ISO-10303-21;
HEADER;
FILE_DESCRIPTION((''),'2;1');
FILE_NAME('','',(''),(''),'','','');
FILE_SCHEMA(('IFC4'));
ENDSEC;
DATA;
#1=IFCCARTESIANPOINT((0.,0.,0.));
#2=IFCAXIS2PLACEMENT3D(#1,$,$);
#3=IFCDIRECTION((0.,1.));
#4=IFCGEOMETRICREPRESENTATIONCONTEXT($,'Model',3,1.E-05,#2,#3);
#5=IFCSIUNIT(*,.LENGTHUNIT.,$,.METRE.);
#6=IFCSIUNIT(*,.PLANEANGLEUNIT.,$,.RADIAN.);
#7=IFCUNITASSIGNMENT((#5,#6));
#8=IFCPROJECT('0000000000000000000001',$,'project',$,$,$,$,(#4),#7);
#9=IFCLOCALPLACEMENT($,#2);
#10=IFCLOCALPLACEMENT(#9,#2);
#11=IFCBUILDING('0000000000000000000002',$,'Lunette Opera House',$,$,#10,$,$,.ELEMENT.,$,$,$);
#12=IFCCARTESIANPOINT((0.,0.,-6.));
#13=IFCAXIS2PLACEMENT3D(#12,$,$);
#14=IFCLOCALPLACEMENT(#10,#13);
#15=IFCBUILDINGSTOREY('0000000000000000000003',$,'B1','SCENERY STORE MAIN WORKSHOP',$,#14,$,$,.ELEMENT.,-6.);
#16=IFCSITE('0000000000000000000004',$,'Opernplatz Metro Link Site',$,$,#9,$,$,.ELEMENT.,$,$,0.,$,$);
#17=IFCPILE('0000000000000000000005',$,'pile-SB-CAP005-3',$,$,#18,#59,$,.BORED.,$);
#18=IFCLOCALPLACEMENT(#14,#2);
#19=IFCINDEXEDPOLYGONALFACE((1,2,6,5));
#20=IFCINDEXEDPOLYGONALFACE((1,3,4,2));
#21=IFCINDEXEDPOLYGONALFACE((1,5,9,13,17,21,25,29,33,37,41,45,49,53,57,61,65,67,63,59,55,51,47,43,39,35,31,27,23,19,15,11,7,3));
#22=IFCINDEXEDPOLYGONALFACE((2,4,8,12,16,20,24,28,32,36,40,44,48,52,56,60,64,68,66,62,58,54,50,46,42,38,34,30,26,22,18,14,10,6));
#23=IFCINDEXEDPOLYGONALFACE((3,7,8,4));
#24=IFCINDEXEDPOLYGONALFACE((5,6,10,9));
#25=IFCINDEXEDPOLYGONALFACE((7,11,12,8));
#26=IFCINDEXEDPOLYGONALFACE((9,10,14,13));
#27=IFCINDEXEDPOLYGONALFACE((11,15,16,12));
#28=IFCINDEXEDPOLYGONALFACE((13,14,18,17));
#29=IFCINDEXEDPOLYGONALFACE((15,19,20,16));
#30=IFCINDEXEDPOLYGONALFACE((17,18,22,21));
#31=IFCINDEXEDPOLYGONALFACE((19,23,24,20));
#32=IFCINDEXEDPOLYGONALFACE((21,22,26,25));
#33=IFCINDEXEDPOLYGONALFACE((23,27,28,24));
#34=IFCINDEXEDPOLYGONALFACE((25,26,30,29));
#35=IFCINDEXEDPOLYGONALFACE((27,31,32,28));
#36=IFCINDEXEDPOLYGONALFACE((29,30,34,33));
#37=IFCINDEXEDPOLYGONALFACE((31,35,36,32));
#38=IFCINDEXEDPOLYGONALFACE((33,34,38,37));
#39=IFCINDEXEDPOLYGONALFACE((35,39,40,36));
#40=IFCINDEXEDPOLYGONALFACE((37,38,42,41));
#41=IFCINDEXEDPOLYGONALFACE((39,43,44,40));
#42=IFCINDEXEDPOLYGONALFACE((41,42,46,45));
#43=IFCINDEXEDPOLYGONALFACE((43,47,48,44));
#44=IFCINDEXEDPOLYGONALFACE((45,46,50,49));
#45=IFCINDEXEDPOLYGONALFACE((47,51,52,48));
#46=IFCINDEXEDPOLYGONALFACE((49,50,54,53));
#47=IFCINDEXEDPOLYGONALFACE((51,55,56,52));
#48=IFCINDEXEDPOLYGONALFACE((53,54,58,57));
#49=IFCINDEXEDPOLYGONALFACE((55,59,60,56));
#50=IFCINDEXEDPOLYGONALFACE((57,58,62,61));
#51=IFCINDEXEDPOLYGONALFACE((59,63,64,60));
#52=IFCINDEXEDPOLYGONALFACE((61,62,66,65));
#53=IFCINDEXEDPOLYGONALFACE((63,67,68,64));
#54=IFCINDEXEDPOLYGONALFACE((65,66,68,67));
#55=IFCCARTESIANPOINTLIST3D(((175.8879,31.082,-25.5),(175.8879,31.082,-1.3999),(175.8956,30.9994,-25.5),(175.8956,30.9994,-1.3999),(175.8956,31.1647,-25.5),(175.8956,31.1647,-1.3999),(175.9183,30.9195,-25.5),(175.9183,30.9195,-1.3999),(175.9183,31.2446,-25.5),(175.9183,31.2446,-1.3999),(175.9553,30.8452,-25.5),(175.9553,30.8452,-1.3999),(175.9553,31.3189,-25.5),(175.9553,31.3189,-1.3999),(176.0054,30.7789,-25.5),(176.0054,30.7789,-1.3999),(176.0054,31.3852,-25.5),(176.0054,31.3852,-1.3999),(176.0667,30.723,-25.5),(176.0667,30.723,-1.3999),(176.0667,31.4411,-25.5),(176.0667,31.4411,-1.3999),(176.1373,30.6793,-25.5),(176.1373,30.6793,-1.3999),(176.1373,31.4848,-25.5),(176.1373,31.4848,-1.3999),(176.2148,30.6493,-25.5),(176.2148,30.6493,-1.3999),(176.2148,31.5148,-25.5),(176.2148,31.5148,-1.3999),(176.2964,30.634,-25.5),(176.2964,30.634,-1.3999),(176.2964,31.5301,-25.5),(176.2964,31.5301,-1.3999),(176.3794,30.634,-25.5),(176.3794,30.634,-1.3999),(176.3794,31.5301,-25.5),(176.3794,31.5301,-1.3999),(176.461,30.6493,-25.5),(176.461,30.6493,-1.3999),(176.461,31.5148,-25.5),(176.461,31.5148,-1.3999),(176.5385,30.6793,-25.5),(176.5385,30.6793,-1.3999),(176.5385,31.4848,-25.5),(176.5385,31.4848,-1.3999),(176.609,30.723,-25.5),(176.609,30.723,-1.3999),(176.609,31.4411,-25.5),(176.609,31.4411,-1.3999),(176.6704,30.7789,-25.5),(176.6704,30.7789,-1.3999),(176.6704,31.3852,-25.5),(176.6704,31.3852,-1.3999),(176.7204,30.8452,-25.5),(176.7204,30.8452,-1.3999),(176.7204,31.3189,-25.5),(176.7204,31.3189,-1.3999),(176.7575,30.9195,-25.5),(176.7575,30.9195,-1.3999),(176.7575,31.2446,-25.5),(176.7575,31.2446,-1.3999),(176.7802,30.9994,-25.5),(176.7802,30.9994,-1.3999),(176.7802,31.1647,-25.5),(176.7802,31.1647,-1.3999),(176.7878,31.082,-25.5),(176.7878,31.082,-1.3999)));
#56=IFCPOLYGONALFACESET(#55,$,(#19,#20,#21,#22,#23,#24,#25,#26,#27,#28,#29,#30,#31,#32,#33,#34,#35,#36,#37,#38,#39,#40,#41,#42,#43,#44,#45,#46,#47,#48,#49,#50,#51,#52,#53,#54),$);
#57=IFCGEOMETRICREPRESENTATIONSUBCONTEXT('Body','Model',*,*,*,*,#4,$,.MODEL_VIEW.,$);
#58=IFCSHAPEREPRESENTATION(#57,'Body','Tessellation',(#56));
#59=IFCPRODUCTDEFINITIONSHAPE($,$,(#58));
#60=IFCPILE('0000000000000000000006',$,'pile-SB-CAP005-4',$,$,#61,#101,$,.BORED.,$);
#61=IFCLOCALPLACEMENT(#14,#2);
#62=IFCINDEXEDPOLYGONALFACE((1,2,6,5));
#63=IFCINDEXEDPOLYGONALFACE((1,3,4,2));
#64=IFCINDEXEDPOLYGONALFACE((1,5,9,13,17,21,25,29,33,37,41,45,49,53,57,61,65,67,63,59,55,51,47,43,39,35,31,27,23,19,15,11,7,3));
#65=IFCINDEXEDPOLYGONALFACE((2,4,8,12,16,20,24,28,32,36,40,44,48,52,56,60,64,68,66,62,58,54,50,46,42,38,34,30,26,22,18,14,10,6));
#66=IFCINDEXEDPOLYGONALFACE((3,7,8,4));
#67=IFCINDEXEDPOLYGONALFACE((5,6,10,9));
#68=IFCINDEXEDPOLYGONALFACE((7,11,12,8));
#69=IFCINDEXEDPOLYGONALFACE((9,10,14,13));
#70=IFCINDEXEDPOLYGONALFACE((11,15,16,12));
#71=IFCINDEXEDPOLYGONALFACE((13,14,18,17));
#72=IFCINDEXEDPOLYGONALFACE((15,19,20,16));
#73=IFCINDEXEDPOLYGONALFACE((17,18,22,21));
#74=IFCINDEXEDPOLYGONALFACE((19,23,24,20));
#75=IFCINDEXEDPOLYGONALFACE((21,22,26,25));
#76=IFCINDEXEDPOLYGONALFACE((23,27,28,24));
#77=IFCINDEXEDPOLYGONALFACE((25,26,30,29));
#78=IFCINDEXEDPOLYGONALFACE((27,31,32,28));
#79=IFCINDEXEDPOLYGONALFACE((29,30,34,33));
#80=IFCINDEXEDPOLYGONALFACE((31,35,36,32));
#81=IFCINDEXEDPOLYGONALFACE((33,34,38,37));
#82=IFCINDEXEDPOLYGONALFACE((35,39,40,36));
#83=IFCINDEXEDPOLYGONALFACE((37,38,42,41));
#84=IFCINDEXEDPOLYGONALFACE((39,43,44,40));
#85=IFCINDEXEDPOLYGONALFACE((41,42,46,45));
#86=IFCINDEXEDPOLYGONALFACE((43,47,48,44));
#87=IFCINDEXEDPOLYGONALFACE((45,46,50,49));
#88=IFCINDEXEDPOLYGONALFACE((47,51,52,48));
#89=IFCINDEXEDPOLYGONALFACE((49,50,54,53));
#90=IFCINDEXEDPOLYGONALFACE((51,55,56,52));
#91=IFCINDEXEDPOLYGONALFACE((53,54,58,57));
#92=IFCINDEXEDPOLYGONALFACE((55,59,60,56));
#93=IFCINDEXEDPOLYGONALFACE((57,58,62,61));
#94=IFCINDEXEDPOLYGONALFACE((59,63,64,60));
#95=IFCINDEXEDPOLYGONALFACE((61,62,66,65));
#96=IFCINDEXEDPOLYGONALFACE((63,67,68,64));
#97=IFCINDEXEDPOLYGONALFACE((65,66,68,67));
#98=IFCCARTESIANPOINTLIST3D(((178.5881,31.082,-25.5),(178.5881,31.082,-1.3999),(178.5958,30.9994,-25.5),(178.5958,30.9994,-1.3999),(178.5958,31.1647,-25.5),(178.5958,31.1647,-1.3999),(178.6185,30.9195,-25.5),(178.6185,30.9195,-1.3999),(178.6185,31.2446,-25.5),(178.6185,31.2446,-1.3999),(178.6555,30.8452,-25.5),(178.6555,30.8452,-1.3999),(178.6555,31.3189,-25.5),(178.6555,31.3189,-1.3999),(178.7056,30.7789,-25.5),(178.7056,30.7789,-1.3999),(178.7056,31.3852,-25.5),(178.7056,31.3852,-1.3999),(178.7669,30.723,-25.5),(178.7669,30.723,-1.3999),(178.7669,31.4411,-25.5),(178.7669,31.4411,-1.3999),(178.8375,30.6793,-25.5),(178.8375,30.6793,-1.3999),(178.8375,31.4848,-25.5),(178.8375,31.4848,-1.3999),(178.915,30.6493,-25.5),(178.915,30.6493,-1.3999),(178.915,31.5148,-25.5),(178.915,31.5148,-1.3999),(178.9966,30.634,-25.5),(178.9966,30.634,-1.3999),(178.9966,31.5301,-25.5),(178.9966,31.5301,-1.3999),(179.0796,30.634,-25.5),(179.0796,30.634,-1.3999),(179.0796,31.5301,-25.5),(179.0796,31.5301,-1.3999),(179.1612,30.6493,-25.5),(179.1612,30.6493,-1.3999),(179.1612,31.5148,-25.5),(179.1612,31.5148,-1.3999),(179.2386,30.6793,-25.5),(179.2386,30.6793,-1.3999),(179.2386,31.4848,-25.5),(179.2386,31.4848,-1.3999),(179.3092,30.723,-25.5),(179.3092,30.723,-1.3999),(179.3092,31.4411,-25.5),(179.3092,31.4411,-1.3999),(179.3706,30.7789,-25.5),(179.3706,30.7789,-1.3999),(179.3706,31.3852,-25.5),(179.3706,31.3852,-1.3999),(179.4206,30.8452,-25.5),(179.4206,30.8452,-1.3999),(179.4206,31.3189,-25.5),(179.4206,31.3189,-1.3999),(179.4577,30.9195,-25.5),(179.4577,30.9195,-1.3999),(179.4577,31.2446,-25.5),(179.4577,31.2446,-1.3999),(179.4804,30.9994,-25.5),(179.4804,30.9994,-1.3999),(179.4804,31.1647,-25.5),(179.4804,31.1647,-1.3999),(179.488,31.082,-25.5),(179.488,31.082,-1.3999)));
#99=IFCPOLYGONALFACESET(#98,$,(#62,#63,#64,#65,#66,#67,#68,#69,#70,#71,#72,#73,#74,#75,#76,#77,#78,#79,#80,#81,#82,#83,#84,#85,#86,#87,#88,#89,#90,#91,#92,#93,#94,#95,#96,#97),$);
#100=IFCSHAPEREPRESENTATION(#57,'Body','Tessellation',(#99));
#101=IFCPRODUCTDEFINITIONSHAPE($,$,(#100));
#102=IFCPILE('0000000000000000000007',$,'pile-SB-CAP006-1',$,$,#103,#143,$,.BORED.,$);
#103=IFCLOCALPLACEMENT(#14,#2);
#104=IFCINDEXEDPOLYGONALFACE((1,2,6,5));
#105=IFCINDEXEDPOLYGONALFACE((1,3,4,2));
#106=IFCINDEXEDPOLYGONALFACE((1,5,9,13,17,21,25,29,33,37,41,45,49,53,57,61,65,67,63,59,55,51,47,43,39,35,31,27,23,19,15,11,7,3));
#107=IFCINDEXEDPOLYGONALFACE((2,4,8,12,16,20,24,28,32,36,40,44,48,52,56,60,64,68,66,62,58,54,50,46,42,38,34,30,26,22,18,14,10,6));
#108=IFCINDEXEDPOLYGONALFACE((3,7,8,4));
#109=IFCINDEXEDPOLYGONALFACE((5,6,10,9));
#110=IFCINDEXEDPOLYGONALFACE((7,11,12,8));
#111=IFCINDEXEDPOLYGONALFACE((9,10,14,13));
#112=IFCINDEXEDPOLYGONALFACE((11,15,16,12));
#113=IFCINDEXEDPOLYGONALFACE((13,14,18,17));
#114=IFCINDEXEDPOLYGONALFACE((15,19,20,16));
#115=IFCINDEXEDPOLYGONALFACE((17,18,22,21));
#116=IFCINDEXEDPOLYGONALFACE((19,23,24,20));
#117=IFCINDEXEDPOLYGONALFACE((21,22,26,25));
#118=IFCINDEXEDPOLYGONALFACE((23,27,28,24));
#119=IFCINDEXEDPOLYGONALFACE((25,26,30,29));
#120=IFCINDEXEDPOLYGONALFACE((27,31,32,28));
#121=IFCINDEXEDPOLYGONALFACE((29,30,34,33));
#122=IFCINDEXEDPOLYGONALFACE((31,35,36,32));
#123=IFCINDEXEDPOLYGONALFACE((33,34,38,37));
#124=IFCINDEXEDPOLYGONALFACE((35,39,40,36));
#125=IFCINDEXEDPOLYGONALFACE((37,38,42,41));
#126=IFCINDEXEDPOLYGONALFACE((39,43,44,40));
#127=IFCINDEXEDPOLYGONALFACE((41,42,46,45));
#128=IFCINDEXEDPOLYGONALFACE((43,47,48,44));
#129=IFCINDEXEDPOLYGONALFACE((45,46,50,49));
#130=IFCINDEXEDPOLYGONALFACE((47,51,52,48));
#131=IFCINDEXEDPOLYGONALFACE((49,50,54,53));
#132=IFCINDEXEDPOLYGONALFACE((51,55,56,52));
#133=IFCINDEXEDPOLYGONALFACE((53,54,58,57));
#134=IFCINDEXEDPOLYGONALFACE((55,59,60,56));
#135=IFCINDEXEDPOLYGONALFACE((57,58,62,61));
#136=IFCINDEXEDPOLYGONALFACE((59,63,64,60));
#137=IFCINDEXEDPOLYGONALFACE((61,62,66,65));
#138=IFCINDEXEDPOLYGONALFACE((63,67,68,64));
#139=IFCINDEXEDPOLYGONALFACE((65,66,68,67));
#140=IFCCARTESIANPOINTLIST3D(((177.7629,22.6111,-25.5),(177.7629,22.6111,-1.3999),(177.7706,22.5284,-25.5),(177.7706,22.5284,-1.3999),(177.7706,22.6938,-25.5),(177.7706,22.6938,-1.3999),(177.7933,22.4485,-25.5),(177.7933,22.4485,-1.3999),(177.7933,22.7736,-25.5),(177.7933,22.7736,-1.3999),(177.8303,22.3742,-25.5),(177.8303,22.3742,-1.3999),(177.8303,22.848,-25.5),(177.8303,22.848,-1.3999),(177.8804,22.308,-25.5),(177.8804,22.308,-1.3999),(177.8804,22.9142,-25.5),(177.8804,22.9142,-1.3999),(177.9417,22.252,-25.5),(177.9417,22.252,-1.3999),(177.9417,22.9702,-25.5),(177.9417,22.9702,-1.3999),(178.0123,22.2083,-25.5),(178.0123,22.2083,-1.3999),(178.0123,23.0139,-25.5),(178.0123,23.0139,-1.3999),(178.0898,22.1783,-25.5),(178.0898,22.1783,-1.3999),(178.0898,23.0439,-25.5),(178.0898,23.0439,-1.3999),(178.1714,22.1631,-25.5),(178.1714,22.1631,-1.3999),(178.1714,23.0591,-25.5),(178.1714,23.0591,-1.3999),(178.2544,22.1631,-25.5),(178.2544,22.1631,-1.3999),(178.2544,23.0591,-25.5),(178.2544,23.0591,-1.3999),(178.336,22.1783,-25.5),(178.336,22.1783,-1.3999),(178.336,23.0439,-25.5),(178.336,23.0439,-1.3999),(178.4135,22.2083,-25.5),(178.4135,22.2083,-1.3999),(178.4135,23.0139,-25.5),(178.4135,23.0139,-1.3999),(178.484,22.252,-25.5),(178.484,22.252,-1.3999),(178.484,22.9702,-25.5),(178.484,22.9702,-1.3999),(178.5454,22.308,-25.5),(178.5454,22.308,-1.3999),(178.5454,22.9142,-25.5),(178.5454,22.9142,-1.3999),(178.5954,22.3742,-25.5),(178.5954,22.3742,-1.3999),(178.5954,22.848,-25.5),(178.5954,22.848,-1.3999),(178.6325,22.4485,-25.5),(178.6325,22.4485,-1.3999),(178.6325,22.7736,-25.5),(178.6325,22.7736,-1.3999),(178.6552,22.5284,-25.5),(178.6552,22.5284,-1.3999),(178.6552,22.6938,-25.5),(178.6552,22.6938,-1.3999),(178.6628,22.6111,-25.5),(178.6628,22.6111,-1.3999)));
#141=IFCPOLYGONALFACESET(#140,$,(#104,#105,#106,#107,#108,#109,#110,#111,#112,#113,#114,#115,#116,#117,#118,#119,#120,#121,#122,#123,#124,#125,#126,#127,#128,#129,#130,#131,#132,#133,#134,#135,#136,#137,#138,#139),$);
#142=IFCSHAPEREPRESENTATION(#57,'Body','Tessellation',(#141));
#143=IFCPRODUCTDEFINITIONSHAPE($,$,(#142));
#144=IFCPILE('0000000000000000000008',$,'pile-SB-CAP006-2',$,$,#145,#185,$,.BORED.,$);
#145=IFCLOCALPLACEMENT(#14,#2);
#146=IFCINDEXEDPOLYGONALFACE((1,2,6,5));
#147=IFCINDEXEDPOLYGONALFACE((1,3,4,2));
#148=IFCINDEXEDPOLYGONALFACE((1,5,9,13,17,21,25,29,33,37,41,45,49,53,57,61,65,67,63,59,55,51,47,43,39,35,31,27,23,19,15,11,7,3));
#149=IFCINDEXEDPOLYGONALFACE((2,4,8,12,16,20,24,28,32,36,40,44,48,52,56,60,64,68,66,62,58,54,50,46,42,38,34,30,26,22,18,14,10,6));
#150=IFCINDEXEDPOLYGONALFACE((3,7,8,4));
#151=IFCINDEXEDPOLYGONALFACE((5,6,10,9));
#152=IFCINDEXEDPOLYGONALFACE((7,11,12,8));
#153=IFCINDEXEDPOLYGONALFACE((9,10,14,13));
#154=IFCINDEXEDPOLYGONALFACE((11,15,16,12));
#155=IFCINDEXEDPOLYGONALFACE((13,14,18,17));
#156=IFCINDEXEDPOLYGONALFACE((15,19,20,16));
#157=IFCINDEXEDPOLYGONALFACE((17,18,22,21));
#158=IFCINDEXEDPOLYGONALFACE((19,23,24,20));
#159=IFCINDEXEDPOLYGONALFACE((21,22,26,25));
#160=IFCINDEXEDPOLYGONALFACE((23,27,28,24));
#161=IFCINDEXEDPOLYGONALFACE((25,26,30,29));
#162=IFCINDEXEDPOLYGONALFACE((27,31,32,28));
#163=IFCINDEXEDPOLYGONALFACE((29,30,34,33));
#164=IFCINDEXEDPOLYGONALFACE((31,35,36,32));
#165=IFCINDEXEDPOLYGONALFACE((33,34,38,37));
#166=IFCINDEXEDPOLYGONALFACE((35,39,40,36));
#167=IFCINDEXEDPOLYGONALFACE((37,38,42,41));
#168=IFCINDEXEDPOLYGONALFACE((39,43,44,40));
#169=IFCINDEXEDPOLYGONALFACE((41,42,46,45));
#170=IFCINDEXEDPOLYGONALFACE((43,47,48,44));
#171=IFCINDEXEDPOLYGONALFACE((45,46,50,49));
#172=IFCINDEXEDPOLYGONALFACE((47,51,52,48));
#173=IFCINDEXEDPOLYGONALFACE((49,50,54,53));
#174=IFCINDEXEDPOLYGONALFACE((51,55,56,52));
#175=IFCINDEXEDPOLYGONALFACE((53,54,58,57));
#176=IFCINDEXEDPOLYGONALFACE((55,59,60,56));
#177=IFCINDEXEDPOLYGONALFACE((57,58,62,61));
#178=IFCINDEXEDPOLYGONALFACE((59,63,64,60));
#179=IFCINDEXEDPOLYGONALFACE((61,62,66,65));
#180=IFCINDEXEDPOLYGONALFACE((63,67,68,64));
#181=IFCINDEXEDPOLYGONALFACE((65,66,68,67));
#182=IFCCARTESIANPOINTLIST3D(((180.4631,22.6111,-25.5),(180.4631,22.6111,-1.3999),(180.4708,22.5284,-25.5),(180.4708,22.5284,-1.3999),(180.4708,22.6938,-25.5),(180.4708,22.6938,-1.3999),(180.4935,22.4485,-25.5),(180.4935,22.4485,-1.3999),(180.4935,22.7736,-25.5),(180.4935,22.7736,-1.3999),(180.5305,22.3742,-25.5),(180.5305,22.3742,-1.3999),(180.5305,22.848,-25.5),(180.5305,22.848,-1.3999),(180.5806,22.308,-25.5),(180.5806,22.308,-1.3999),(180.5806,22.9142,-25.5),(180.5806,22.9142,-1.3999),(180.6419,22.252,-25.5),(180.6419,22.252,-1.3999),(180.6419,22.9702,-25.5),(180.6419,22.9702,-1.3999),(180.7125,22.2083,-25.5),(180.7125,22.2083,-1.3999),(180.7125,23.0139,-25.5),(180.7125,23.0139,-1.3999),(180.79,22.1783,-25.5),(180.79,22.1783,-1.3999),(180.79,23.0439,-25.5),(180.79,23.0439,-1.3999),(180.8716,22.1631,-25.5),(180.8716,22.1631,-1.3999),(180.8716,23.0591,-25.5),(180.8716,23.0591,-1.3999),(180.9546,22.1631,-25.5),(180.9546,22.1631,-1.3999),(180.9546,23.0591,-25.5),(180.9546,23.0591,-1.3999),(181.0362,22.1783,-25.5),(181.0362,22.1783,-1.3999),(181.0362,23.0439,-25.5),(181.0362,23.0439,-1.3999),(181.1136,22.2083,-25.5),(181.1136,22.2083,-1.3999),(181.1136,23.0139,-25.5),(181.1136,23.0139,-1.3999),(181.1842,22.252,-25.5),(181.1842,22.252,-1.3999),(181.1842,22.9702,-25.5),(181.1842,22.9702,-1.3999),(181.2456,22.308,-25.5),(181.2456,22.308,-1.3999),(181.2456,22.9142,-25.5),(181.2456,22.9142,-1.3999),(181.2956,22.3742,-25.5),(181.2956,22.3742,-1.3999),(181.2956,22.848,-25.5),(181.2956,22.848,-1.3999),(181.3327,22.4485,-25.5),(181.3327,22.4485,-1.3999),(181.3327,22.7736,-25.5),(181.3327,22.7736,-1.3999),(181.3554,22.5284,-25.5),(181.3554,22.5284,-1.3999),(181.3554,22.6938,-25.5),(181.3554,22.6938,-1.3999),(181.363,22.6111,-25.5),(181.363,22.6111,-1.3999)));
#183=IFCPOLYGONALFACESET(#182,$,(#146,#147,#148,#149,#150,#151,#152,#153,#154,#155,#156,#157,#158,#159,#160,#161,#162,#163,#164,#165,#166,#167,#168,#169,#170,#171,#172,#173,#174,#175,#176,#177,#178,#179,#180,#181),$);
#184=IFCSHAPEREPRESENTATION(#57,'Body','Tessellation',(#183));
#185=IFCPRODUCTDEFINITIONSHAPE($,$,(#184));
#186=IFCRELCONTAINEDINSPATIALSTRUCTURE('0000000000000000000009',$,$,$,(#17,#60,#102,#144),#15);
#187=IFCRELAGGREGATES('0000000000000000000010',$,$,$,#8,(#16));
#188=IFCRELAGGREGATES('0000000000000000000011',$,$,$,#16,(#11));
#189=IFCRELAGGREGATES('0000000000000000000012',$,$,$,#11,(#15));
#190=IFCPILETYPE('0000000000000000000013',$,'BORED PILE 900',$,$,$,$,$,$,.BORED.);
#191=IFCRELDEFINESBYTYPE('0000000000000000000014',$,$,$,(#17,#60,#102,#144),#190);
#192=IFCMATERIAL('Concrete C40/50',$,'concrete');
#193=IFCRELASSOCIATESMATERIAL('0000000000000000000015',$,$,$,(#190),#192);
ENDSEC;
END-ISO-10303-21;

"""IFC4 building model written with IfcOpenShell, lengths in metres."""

from ifc_helpers import new_model, si_unit, direction, frame, origin, origin_2d, place, context, subcontext, project, spatial, circle, extrude, material, material_profile, profile_set, type_object, element, save


model = new_model("IFC4")

# Units and contexts
model_context = context("Model", 3, precision=1e-05, world=origin(), true_north=direction((0.0, 1.0)))
body_context = subcontext(model_context, "Body", "Model", "MODEL_VIEW")
ifc_project = project(units=[si_unit("LENGTHUNIT", "METRE"), si_unit("PLANEANGLEUNIT", "RADIAN")], contexts=[model_context])

# Site, building, storey
site_placement = place(None, origin())
site = spatial("IfcSite", under=ifc_project, at=site_placement, Name="Opernplatz Metro Link Site", CompositionType="ELEMENT", RefElevation=0.0)
building_placement = place(site_placement, origin())
building = spatial("IfcBuilding", under=site, at=building_placement, Name="Lunette Opera House", CompositionType="ELEMENT")
storey_placement = place(building_placement, frame((0.0, 0.0, -6.0)))
storey = spatial("IfcBuildingStorey", under=building, at=storey_placement, Name="B1", Description="SCENERY STORE MAIN WORKSHOP", CompositionType="ELEMENT", Elevation=-6.0)

# Piles
ifc_material_1 = material(Name="Concrete C40/50", Category="concrete")
ifc_material_profile_1 = material_profile(ifc_material_1, circle(Radius=0.45, at=origin_2d()), Name="BORED PILE 900")
ifc_profile_set_1 = profile_set([ifc_material_profile_1], Name="Concrete C40/50")
pile_type = type_object("IfcPileType", Name="BORED PILE 900", PredefinedType="BORED", material=ifc_profile_set_1)
for number, where, z_axis, x_axis, name in (
    (1, (176.3379, 31.082, -1.3999), (0.0, 0.0, -1.0), (1.0, 0.0, 0.0), "pile-SB-CAP005-3"),
    (2, (179.0381, 31.082, -1.3999), (0.0, 0.0, -1.0), (1.0, 0.0, 0.0), "pile-SB-CAP005-4"),
    (3, (178.2129, 22.6111, -1.3999), (0.0, 0.0, -1.0), (1.0, 0.0, 0.0), "pile-SB-CAP006-1"),
    (4, (180.9131, 22.6111, -1.3999), (0.0, 0.0, -1.0), (1.0, 0.0, 0.0), "pile-SB-CAP006-2"),
):
    element("IfcPile", number, at=place(storey_placement, frame(where, z_axis=z_axis, x_axis=x_axis)), inside=storey, type_object=pile_type, Name=name, PredefinedType="BORED", context=body_context, shape_type="SweptSolid", body=[
        extrude(circle(Radius=0.45, at=origin_2d()), origin(), (0.0, 0.0, 1.0), 24.1001),
    ])

save(model, "model.ifc")
